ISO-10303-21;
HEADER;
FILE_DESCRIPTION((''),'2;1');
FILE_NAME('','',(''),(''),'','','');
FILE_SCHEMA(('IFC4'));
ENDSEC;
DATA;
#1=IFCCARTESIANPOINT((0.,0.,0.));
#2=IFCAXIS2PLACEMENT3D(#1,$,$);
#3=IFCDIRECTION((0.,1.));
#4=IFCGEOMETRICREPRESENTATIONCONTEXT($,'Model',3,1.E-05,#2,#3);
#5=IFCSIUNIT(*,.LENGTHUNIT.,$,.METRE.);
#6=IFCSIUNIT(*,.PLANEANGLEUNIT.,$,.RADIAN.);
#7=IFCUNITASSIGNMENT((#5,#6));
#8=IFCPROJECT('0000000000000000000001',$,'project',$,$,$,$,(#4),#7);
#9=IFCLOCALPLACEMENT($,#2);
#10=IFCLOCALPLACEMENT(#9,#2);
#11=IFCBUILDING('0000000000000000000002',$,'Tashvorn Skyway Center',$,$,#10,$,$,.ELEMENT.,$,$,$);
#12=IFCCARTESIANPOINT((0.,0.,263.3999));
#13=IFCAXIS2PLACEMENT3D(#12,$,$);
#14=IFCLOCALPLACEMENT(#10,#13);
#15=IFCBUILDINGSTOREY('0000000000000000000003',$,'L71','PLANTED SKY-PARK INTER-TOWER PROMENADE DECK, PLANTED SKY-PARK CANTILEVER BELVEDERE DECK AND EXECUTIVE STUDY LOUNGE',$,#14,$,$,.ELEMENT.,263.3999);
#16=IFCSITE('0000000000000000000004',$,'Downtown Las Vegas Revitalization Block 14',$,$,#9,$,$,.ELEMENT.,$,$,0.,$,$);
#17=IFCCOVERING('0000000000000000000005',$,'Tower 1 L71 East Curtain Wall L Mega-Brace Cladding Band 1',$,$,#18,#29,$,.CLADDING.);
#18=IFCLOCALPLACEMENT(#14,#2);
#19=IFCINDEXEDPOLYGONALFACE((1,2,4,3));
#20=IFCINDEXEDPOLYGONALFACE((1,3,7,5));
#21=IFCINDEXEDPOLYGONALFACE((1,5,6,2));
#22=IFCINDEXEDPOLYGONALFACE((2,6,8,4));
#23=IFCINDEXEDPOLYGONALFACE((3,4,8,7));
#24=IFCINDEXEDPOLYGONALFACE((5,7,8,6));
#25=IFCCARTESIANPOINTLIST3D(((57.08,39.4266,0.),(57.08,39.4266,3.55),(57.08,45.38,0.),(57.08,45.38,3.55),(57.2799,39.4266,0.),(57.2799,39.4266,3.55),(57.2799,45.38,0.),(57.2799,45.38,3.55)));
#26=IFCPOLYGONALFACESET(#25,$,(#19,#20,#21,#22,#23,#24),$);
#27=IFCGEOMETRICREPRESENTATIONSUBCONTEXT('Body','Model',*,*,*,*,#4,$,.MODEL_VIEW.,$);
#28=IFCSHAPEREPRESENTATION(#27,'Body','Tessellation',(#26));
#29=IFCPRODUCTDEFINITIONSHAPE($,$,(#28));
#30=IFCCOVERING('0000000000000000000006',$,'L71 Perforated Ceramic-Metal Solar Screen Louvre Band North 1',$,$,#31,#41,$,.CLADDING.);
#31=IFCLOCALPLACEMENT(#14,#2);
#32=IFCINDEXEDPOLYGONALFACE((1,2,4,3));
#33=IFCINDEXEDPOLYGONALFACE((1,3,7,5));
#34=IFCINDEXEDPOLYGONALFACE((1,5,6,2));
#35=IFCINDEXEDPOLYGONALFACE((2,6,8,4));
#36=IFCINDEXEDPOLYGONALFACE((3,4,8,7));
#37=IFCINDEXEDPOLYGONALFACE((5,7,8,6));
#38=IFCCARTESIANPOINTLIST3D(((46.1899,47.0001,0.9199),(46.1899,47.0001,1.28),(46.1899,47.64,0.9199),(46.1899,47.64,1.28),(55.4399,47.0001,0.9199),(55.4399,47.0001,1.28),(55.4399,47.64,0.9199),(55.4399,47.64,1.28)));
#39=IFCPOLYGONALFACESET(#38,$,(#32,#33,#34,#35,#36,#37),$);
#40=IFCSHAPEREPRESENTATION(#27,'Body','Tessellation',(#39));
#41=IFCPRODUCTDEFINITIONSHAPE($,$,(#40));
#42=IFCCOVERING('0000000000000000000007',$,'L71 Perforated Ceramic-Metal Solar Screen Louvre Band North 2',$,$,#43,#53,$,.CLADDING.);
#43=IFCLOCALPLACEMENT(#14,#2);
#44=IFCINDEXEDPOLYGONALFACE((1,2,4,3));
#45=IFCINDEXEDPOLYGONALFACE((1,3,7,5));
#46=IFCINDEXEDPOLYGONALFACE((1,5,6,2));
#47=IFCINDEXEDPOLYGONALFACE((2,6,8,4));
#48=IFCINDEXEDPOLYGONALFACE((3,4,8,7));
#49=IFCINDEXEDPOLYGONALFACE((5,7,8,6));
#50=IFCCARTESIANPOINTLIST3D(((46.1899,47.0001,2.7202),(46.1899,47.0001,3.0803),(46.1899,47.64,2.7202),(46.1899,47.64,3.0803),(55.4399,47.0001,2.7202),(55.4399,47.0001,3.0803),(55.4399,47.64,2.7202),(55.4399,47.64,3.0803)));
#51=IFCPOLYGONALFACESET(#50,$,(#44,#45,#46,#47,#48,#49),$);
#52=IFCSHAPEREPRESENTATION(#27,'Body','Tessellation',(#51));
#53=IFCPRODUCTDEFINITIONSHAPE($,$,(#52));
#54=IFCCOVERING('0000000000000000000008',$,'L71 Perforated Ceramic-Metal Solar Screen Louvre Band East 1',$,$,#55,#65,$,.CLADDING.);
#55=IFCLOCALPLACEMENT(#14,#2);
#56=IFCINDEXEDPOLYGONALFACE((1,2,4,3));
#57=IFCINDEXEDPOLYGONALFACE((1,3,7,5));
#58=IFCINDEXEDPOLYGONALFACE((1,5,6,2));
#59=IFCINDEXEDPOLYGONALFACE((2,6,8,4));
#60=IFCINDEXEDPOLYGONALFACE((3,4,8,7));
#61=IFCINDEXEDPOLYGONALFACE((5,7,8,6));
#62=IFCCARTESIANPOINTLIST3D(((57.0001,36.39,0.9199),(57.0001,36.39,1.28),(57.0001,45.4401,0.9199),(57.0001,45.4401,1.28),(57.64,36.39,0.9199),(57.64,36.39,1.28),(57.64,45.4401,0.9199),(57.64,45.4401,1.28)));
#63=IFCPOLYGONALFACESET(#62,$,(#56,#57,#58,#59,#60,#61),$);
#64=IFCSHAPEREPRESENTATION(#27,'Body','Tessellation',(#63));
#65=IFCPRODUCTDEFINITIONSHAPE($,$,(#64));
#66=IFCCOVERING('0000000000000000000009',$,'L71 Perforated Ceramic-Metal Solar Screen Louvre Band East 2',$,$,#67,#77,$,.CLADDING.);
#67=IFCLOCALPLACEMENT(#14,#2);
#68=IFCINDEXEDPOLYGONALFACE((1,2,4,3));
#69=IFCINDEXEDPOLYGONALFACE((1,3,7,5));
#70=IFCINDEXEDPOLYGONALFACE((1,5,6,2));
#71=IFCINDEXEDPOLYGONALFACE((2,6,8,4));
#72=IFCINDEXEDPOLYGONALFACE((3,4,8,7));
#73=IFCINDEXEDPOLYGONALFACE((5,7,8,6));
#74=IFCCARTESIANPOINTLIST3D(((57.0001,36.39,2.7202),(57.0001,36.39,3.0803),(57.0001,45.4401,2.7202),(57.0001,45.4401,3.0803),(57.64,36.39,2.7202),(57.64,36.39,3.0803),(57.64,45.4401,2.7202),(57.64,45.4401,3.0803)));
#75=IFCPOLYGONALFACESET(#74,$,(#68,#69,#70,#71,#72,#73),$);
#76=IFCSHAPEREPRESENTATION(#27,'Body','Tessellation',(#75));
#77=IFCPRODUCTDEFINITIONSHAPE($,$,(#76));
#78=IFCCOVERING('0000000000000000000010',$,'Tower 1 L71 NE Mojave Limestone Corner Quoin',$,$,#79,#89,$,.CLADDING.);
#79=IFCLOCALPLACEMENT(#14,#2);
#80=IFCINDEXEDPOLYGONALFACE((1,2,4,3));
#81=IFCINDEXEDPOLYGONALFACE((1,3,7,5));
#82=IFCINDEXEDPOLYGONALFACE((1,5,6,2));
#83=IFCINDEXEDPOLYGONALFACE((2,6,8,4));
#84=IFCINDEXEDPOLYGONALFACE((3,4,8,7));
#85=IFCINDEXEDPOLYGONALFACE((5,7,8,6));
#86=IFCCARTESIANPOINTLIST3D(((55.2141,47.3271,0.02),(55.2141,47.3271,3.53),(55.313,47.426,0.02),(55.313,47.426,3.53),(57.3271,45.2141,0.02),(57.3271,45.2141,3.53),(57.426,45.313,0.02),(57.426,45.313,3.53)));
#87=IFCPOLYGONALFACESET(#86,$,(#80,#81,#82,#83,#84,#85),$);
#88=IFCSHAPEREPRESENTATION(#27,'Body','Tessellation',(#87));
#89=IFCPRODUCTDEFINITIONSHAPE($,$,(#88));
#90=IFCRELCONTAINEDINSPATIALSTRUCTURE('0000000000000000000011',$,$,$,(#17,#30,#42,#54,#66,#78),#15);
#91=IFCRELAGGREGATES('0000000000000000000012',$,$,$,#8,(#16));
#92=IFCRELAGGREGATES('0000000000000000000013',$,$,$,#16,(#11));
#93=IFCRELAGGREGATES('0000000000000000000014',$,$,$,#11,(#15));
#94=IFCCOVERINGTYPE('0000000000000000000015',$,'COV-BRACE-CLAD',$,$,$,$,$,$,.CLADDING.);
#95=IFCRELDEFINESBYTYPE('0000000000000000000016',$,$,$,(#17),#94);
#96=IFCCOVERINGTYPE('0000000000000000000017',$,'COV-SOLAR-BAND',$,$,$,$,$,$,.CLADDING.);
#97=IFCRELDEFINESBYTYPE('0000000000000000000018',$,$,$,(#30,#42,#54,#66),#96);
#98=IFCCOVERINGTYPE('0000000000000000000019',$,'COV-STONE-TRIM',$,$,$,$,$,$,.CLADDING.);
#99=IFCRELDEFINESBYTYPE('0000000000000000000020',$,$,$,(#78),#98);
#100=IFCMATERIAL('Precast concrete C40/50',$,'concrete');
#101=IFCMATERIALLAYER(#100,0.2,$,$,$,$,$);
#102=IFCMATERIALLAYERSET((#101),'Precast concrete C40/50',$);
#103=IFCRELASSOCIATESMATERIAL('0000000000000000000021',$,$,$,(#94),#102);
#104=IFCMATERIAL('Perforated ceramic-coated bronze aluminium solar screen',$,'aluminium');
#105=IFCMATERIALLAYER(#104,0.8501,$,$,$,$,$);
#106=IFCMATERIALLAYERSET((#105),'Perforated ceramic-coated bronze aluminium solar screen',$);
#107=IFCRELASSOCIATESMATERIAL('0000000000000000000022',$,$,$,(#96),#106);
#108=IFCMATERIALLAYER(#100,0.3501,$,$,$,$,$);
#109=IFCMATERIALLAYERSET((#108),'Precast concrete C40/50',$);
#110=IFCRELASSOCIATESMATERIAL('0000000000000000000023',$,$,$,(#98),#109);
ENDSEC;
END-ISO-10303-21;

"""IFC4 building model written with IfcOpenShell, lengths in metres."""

from ifc_helpers import new_model, si_unit, direction, frame, origin, origin_2d, place, context, subcontext, project, spatial, rectangle, extrude, material, layer, layer_set, type_object, element, save


model = new_model("IFC4")

# Units and contexts
model_context = context("Model", 3, precision=1e-05, world=origin(), true_north=direction((0.0, 1.0)))
body_context = subcontext(model_context, "Body", "Model", "MODEL_VIEW")
ifc_project = project(units=[si_unit("LENGTHUNIT", "METRE"), si_unit("PLANEANGLEUNIT", "RADIAN")], contexts=[model_context])

# Site, building, storey
site_placement = place(None, origin())
site = spatial("IfcSite", under=ifc_project, at=site_placement, Name="Downtown Las Vegas Revitalization Block 14", CompositionType="ELEMENT", RefElevation=0.0)
building_placement = place(site_placement, origin())
building = spatial("IfcBuilding", under=site, at=building_placement, Name="Tashvorn Skyway Center", CompositionType="ELEMENT")
storey_placement = place(building_placement, frame((0.0, 0.0, 263.3999)))
storey = spatial("IfcBuildingStorey", under=building, at=storey_placement, Name="L71", Description="PLANTED SKY-PARK INTER-TOWER PROMENADE DECK, PLANTED SKY-PARK CANTILEVER BELVEDERE DECK AND EXECUTIVE STUDY LOUNGE", CompositionType="ELEMENT", Elevation=263.3999)

# Shared definitions
ifc_material_1 = material(Name="Precast concrete C40/50", Category="concrete")

# Coverings
ifc_layer_1 = layer(ifc_material_1, 0.2)
ifc_layer_set_1 = layer_set([ifc_layer_1], Name="Precast concrete C40/50")
covering_type_1 = type_object("IfcCoveringType", Name="COV-BRACE-CLAD", PredefinedType="CLADDING", material=ifc_layer_set_1)
covering_1_placement = place(storey_placement, frame((57.1799, 42.4033, 0.0), z_axis=(0.0, 0.0, 1.0), x_axis=(0.0, -1.0, 0.0)))
element("IfcCovering", 1, at=covering_1_placement, inside=storey, type_object=covering_type_1, Name="Tower 1 L71 East Curtain Wall L Mega-Brace Cladding Band 1", PredefinedType="CLADDING", context=body_context, shape_type="SweptSolid", body=[
    extrude(rectangle(XDim=5.9534, YDim=0.2, at=origin_2d()), origin(), (0.0, 0.0, 1.0), 3.55),
])
ifc_material_2 = material(Name="Perforated ceramic-coated bronze aluminium solar screen", Category="aluminium")
ifc_layer_2 = layer(ifc_material_2, 0.8501)
ifc_layer_set_2 = layer_set([ifc_layer_2], Name="Perforated ceramic-coated bronze aluminium solar screen")
covering_type_2 = type_object("IfcCoveringType", Name="COV-SOLAR-BAND", PredefinedType="CLADDING", material=ifc_layer_set_2)
for number, where, z_axis, x_axis, name in (
    (2, (50.8149, 47.3201, 0.9199), (0.0, 0.0, 1.0), (1.0, 0.0, 0.0), "L71 Perforated Ceramic-Metal Solar Screen Louvre Band North 1"),
    (3, (50.8149, 47.3201, 2.7202), (0.0, 0.0, 1.0), (1.0, 0.0, 0.0), "L71 Perforated Ceramic-Metal Solar Screen Louvre Band North 2"),
):
    element("IfcCovering", number, at=place(storey_placement, frame(where, z_axis=z_axis, x_axis=x_axis)), inside=storey, type_object=covering_type_2, Name=name, PredefinedType="CLADDING", context=body_context, shape_type="SweptSolid", body=[
        extrude(rectangle(XDim=9.25, YDim=0.6399, at=origin_2d()), origin(), (0.0, 0.0, 1.0), 0.3601),
    ])
for number, where, z_axis, x_axis, name in (
    (4, (57.3201, 40.915, 0.9199), (0.0, 0.0, 1.0), (0.0, -1.0, 0.0), "L71 Perforated Ceramic-Metal Solar Screen Louvre Band East 1"),
    (5, (57.3201, 40.915, 2.7202), (0.0, 0.0, 1.0), (0.0, -1.0, 0.0), "L71 Perforated Ceramic-Metal Solar Screen Louvre Band East 2"),
):
    element("IfcCovering", number, at=place(storey_placement, frame(where, z_axis=z_axis, x_axis=x_axis)), inside=storey, type_object=covering_type_2, Name=name, PredefinedType="CLADDING", context=body_context, shape_type="SweptSolid", body=[
        extrude(rectangle(XDim=9.05, YDim=0.6399, at=origin_2d()), origin(), (0.0, 0.0, 1.0), 0.3601),
    ])
ifc_layer_3 = layer(ifc_material_1, 0.3501)
ifc_layer_set_3 = layer_set([ifc_layer_3], Name="Precast concrete C40/50")
covering_type_3 = type_object("IfcCoveringType", Name="COV-STONE-TRIM", PredefinedType="CLADDING", material=ifc_layer_set_3)
covering_2_placement = place(storey_placement, frame((56.3201, 46.3201, 0.02), z_axis=(0.0, 0.0, 1.0), x_axis=(0.707107, -0.707107, 0.0)))
element("IfcCovering", 6, at=covering_2_placement, inside=storey, type_object=covering_type_3, Name="Tower 1 L71 NE Mojave Limestone Corner Quoin", PredefinedType="CLADDING", context=body_context, shape_type="SweptSolid", body=[
    extrude(rectangle(XDim=2.9883, YDim=0.1399, at=origin_2d()), origin(), (0.0, 0.0, 1.0), 3.51),
])

save(model, "model.ifc")
